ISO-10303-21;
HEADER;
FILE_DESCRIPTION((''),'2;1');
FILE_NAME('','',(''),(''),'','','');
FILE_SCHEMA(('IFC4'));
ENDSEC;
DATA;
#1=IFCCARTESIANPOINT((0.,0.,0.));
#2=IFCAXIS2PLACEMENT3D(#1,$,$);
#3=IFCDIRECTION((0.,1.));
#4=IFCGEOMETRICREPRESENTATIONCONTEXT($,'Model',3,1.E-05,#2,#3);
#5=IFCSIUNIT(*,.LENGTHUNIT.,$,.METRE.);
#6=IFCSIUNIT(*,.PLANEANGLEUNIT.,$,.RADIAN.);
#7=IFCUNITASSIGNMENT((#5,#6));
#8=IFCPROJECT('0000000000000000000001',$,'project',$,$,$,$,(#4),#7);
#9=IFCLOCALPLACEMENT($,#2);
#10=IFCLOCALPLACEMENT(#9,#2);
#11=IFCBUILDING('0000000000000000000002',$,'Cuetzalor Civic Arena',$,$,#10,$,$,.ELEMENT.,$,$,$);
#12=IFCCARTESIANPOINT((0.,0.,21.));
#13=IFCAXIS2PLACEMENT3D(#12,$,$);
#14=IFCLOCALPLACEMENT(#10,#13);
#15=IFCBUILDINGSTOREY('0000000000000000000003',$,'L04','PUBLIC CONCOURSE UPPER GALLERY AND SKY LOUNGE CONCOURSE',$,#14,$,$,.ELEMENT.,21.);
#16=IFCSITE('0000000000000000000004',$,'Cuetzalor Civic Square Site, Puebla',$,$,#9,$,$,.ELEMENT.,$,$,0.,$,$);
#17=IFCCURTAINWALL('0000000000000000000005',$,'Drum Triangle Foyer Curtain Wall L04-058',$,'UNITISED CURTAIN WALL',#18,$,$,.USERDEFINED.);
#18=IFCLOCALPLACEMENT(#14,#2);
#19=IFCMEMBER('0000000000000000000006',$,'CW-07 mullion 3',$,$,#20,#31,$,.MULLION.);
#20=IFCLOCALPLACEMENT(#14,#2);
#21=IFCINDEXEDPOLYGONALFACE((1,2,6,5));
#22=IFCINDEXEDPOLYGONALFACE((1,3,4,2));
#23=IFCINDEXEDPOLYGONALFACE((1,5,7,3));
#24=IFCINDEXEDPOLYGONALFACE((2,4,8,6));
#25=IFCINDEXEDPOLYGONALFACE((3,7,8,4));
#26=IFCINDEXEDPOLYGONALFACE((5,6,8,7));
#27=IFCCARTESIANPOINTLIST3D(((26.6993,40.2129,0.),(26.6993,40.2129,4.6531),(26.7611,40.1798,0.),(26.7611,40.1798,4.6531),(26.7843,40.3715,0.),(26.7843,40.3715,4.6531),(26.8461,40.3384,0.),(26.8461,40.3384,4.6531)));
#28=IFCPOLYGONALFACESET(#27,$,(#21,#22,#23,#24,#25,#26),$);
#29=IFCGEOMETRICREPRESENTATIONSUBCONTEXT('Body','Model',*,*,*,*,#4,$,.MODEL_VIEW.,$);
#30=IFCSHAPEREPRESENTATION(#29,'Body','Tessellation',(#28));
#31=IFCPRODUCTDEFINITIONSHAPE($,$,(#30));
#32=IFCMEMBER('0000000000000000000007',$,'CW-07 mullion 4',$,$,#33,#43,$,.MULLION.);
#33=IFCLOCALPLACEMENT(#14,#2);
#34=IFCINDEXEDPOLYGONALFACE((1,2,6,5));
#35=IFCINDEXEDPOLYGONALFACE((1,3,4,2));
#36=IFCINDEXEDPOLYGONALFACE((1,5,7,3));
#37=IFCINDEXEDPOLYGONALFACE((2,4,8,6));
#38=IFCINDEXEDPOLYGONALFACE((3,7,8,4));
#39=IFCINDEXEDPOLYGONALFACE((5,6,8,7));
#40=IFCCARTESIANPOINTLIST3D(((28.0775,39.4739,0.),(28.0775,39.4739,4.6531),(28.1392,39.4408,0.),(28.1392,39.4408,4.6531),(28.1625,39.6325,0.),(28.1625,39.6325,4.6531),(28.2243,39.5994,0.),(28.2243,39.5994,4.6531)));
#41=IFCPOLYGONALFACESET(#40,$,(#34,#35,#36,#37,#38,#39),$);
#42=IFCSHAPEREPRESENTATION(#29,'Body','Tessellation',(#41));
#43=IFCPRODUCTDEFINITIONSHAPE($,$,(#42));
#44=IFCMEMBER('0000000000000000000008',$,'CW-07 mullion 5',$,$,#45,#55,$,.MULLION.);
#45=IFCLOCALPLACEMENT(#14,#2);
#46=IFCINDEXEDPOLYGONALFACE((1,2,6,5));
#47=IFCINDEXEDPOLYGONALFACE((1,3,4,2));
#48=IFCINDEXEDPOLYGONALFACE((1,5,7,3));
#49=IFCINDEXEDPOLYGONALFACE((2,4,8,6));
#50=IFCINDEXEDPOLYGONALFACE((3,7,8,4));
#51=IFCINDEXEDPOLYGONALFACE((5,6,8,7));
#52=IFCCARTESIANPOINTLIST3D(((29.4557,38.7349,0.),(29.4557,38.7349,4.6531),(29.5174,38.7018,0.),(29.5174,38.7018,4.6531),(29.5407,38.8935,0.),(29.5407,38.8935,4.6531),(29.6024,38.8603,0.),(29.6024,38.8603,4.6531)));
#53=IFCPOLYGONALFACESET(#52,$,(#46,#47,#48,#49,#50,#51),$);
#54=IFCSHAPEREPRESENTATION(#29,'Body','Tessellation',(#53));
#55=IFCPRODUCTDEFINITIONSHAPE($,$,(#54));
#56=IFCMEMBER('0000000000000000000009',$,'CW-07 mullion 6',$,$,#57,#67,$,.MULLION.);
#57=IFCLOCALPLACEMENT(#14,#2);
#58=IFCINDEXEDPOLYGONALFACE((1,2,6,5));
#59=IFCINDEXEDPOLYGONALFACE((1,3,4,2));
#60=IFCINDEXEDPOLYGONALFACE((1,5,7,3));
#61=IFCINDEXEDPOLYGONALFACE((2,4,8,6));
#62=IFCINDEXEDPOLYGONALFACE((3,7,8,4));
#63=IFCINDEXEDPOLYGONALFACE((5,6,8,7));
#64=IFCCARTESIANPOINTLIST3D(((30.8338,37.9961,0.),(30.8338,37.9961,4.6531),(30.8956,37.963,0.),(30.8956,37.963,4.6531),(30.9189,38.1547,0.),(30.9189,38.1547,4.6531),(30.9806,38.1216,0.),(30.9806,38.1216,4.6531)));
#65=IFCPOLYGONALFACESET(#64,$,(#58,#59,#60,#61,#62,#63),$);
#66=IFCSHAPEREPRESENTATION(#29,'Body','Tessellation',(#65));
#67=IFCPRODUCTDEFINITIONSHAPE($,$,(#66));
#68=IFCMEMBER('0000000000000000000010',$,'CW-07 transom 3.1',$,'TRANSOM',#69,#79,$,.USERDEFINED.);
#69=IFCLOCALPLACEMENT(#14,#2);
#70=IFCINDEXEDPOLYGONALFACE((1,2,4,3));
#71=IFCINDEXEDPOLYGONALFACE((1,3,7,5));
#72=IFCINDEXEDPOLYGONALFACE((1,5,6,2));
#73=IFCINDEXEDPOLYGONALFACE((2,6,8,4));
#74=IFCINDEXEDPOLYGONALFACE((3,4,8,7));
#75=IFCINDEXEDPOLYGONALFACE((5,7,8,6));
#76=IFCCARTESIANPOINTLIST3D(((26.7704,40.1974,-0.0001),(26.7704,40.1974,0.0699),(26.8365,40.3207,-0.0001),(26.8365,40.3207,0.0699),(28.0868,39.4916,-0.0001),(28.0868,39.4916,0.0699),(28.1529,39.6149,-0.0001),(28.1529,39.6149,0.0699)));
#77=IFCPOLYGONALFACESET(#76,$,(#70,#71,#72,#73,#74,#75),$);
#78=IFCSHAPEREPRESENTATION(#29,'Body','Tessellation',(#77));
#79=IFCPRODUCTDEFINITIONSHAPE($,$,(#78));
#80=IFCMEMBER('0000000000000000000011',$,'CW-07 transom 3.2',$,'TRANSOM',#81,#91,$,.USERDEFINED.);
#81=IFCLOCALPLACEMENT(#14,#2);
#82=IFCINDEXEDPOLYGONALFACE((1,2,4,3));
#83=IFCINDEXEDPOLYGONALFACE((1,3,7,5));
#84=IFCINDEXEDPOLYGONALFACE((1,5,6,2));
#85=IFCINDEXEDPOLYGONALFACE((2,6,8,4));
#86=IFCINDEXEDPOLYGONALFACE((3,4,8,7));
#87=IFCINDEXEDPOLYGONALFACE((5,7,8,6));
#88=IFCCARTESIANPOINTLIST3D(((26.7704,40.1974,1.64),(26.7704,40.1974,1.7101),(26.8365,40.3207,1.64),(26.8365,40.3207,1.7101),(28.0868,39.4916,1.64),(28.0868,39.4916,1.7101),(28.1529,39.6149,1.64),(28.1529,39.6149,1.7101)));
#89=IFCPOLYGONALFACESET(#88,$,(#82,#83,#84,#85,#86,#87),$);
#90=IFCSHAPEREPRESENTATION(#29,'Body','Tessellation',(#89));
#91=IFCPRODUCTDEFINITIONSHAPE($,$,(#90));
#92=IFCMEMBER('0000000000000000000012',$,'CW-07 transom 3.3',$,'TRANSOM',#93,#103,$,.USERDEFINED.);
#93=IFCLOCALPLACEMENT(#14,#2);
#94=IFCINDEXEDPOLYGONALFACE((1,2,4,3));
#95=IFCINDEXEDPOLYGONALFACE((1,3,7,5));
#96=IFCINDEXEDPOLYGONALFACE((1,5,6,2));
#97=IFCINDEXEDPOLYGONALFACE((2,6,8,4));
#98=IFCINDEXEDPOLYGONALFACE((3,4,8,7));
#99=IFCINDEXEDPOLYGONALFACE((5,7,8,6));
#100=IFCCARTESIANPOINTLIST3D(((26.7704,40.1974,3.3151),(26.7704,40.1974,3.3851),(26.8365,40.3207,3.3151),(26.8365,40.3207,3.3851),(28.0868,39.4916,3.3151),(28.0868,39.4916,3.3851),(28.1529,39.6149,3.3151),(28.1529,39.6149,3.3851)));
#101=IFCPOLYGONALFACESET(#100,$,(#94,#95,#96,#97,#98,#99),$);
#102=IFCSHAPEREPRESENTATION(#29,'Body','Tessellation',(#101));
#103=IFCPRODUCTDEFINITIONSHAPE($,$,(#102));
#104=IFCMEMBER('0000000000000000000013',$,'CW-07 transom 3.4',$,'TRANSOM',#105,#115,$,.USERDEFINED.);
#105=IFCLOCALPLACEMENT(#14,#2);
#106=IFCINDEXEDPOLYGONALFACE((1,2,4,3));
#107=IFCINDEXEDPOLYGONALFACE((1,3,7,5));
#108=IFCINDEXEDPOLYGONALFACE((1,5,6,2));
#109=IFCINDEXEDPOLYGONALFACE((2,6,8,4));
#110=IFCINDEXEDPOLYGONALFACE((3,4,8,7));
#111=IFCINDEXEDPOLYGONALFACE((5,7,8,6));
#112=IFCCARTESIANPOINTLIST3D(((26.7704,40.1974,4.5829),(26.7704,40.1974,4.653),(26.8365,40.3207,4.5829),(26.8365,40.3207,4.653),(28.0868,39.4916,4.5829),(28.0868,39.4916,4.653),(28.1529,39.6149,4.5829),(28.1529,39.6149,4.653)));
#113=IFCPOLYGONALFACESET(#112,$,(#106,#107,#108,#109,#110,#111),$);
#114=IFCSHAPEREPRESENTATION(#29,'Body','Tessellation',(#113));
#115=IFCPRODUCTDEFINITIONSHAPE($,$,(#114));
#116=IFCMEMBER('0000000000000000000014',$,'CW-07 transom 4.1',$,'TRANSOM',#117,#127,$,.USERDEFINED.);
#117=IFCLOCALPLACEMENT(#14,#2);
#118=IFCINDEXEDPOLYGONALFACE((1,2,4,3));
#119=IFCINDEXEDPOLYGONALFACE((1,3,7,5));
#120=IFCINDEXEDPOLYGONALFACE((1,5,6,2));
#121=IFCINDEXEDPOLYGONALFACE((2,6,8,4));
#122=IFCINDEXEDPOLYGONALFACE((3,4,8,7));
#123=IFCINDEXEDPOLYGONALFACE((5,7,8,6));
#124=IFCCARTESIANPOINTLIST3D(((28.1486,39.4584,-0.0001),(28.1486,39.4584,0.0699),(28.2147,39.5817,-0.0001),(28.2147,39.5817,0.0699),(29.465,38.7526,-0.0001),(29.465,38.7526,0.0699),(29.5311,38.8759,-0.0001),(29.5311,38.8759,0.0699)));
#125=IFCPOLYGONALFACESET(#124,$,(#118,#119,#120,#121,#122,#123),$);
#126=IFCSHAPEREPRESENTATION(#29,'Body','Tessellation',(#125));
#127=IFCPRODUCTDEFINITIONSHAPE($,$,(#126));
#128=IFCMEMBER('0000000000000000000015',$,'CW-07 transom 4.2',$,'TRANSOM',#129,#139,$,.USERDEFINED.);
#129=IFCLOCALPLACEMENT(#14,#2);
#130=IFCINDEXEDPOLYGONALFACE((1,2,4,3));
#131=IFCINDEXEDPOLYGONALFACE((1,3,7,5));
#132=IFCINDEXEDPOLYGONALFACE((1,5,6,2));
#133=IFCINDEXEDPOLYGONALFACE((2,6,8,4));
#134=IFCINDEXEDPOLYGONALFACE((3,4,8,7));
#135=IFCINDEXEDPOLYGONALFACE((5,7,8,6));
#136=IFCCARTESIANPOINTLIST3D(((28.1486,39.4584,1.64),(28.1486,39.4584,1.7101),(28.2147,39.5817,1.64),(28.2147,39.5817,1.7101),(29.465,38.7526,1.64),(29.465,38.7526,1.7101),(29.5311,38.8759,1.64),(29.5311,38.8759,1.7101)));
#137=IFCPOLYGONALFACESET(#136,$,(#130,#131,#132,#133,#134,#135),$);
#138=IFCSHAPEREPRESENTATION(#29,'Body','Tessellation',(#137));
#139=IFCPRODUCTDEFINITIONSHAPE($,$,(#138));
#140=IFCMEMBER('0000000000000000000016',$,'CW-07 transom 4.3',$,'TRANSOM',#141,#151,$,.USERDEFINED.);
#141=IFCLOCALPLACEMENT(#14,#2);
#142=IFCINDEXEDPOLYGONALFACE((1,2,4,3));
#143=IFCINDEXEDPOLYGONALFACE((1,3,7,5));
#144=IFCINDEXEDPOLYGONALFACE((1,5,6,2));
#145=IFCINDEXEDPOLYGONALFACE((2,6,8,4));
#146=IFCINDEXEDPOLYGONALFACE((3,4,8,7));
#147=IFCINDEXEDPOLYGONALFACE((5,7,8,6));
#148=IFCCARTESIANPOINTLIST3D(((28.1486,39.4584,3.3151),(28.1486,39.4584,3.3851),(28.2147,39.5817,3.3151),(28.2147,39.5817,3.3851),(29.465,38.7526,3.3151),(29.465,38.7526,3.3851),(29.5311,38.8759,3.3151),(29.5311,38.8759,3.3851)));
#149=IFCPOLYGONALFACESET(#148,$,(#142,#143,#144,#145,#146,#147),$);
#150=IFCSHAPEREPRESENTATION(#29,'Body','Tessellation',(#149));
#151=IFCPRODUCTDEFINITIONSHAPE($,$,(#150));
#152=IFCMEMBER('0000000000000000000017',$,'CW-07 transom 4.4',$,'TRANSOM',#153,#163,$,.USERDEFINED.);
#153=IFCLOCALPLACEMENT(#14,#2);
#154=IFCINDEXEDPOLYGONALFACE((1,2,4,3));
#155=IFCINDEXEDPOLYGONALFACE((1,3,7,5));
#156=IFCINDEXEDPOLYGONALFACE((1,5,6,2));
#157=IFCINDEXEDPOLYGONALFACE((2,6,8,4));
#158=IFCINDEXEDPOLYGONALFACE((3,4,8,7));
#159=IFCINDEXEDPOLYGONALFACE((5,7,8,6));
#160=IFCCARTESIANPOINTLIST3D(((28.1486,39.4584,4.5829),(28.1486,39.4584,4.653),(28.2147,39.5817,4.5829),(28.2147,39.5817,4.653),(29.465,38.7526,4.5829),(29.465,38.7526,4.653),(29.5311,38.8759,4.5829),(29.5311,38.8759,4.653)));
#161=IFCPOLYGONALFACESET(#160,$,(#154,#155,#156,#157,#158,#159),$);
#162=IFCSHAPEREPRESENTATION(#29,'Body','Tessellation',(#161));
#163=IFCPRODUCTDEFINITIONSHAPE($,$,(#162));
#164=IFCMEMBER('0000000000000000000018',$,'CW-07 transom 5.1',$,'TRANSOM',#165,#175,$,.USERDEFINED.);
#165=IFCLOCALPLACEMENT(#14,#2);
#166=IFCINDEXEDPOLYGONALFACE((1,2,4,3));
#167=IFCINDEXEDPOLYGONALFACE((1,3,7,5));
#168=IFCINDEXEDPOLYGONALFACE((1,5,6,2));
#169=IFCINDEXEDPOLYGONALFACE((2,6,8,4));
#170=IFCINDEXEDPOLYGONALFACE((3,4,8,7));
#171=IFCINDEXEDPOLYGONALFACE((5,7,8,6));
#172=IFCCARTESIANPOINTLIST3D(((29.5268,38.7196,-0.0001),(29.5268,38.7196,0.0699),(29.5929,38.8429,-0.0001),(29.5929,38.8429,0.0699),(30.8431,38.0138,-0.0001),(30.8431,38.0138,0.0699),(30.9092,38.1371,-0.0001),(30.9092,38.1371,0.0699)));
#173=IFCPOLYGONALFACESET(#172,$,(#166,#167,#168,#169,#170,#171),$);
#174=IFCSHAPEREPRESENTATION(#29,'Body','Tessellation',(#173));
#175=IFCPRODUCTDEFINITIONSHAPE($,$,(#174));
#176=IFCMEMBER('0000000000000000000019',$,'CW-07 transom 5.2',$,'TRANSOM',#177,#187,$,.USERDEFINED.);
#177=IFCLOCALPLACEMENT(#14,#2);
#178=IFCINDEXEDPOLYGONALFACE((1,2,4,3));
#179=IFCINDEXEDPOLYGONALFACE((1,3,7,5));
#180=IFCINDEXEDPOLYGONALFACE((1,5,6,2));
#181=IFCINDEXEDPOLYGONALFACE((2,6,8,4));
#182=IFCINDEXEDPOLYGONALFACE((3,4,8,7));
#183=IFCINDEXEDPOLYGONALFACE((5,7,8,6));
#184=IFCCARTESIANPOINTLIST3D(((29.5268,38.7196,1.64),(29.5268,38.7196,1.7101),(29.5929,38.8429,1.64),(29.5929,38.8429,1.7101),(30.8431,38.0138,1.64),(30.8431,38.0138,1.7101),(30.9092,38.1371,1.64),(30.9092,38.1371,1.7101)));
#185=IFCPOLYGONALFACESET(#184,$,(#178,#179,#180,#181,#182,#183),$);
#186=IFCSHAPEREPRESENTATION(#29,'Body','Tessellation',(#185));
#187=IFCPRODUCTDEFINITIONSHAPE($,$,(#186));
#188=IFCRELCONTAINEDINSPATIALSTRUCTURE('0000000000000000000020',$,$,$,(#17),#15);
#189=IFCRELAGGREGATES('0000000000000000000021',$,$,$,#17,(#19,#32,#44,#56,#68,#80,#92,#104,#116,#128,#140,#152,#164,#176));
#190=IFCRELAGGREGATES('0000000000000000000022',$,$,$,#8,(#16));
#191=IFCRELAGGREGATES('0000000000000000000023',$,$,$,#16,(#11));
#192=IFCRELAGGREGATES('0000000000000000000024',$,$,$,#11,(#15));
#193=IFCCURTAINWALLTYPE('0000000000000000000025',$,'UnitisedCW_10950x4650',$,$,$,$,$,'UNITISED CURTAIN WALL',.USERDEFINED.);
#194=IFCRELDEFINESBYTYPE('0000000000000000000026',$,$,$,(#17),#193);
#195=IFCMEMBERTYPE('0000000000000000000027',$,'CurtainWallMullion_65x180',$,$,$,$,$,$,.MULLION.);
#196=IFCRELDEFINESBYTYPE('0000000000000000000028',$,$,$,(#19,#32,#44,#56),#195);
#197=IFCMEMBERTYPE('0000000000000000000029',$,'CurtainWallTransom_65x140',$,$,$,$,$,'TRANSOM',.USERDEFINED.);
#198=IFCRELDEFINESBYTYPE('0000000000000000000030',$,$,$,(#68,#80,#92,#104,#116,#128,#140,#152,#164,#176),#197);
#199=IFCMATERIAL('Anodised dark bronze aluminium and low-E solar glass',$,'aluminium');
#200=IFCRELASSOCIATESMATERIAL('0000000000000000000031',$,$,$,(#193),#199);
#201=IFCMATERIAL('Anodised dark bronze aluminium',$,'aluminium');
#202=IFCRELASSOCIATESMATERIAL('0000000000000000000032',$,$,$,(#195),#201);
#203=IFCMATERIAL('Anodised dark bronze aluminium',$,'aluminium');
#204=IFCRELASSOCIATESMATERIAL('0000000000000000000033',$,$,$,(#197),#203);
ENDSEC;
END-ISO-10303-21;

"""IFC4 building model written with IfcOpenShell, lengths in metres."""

from ifc_helpers import new_model, si_unit, direction, frame, origin, origin_2d, place, context, subcontext, project, spatial, rectangle, extrude, material, material_profile, profile_set, type_object, element, aggregate, save


model = new_model("IFC4")

# Units and contexts
model_context = context("Model", 3, precision=1e-05, world=origin(), true_north=direction((0.0, 1.0)))
body_context = subcontext(model_context, "Body", "Model", "MODEL_VIEW")
ifc_project = project(units=[si_unit("LENGTHUNIT", "METRE"), si_unit("PLANEANGLEUNIT", "RADIAN")], contexts=[model_context])

# Site, building, storey
site_placement = place(None, origin())
site = spatial("IfcSite", under=ifc_project, at=site_placement, Name="Cuetzalor Civic Square Site, Puebla", CompositionType="ELEMENT", RefElevation=0.0)
building_placement = place(site_placement, origin())
building = spatial("IfcBuilding", under=site, at=building_placement, Name="Cuetzalor Civic Arena", CompositionType="ELEMENT")
storey_placement = place(building_placement, frame((0.0, 0.0, 21.0)))
storey = spatial("IfcBuildingStorey", under=building, at=storey_placement, Name="L04", Description="PUBLIC CONCOURSE UPPER GALLERY AND SKY LOUNGE CONCOURSE", CompositionType="ELEMENT", Elevation=21.0)

# Curtain wall, members
ifc_material_1 = material(Name="Anodised dark bronze aluminium and low-E solar glass", Category="aluminium")
curtain_wall_type = type_object("IfcCurtainWallType", Name="UnitisedCW_10950x4650", ElementType="UNITISED CURTAIN WALL", PredefinedType="USERDEFINED", material=ifc_material_1)
curtain_wall_placement = place(storey_placement, origin())
curtain_wall = element("IfcCurtainWall", 1, at=curtain_wall_placement, inside=storey, type_object=curtain_wall_type, Name="Drum Triangle Foyer Curtain Wall L04-058", ObjectType="UNITISED CURTAIN WALL", PredefinedType="USERDEFINED")
ifc_material_2 = material(Name="Anodised dark bronze aluminium", Category="aluminium")
ifc_material_profile_1 = material_profile(ifc_material_2, rectangle(XDim=0.0701, YDim=0.1799, at=origin_2d()), Name="ALU MULLION 70x180")
ifc_profile_set_1 = profile_set([ifc_material_profile_1], Name="Anodised dark bronze aluminium")
member_type_1 = type_object("IfcMemberType", Name="CurtainWallMullion_65x180", PredefinedType="MULLION", material=ifc_profile_set_1)
member_1_placement = place(storey_placement, frame((26.7727, 40.2756, 0.0), z_axis=(0.0, 0.0, 1.0), x_axis=(0.881306, -0.472545, 0.0)))
member_1 = element("IfcMember", 2, at=member_1_placement, type_object=member_type_1, Name="CW-07 mullion 3", PredefinedType="MULLION", context=body_context, shape_type="SweptSolid", body=[
    extrude(rectangle(XDim=0.0701, YDim=0.1799, at=origin_2d()), origin(), (0.0, 0.0, 1.0), 4.6531),
])
member_2_placement = place(storey_placement, frame((28.1509, 39.5366, 0.0), z_axis=(0.0, 0.0, 1.0), x_axis=(0.881306, -0.472545, 0.0)))
member_2 = element("IfcMember", 3, at=member_2_placement, type_object=member_type_1, Name="CW-07 mullion 4", PredefinedType="MULLION", context=body_context, shape_type="SweptSolid", body=[
    extrude(rectangle(XDim=0.0701, YDim=0.1799, at=origin_2d()), origin(), (0.0, 0.0, 1.0), 4.6531),
])
member_3_placement = place(storey_placement, frame((29.5291, 38.7976, 0.0), z_axis=(0.0, 0.0, 1.0), x_axis=(0.881306, -0.472545, 0.0)))
member_3 = element("IfcMember", 4, at=member_3_placement, type_object=member_type_1, Name="CW-07 mullion 5", PredefinedType="MULLION", context=body_context, shape_type="SweptSolid", body=[
    extrude(rectangle(XDim=0.0701, YDim=0.1799, at=origin_2d()), origin(), (0.0, 0.0, 1.0), 4.6531),
])
member_4_placement = place(storey_placement, frame((30.9072, 38.0588, 0.0), z_axis=(0.0, 0.0, 1.0), x_axis=(0.881306, -0.472545, 0.0)))
member_4 = element("IfcMember", 5, at=member_4_placement, type_object=member_type_1, Name="CW-07 mullion 6", PredefinedType="MULLION", context=body_context, shape_type="SweptSolid", body=[
    extrude(rectangle(XDim=0.0701, YDim=0.1799, at=origin_2d()), origin(), (0.0, 0.0, 1.0), 4.6531),
])
ifc_material_3 = material(Name="Anodised dark bronze aluminium", Category="aluminium")
ifc_material_profile_2 = material_profile(ifc_material_3, rectangle(XDim=0.1399, YDim=0.0701, at=origin_2d()), Name="ALU TRANSOM 70x140")
ifc_profile_set_2 = profile_set([ifc_material_profile_2], Name="Anodised dark bronze aluminium")
member_type_2 = type_object("IfcMemberType", Name="CurtainWallTransom_65x140", ElementType="TRANSOM", PredefinedType="USERDEFINED", material=ifc_profile_set_2)
member_5_placement = place(storey_placement, frame((26.8035, 40.259, 0.0349), z_axis=(0.881315, -0.47253, 0.0), x_axis=(0.47253, 0.881315, 0.0)))
member_5 = element("IfcMember", 6, at=member_5_placement, type_object=member_type_2, Name="CW-07 transom 3.1", ObjectType="TRANSOM", PredefinedType="USERDEFINED", context=body_context, shape_type="SweptSolid", body=[
    extrude(rectangle(XDim=0.1399, YDim=0.0701, at=origin_2d()), origin(), (0.0, 0.0, 1.0), 1.4937),
])
member_6_placement = place(storey_placement, frame((26.8035, 40.259, 1.675), z_axis=(0.881315, -0.47253, 0.0), x_axis=(0.47253, 0.881315, 0.0)))
member_6 = element("IfcMember", 7, at=member_6_placement, type_object=member_type_2, Name="CW-07 transom 3.2", ObjectType="TRANSOM", PredefinedType="USERDEFINED", context=body_context, shape_type="SweptSolid", body=[
    extrude(rectangle(XDim=0.1399, YDim=0.0701, at=origin_2d()), origin(), (0.0, 0.0, 1.0), 1.4937),
])
member_7_placement = place(storey_placement, frame((26.8035, 40.259, 3.3501), z_axis=(0.881315, -0.47253, 0.0), x_axis=(0.47253, 0.881315, 0.0)))
member_7 = element("IfcMember", 8, at=member_7_placement, type_object=member_type_2, Name="CW-07 transom 3.3", ObjectType="TRANSOM", PredefinedType="USERDEFINED", context=body_context, shape_type="SweptSolid", body=[
    extrude(rectangle(XDim=0.1399, YDim=0.0701, at=origin_2d()), origin(), (0.0, 0.0, 1.0), 1.4937),
])
member_8_placement = place(storey_placement, frame((26.8035, 40.259, 4.6179), z_axis=(0.881315, -0.47253, 0.0), x_axis=(0.47253, 0.881315, 0.0)))
member_8 = element("IfcMember", 9, at=member_8_placement, type_object=member_type_2, Name="CW-07 transom 3.4", ObjectType="TRANSOM", PredefinedType="USERDEFINED", context=body_context, shape_type="SweptSolid", body=[
    extrude(rectangle(XDim=0.1399, YDim=0.0701, at=origin_2d()), origin(), (0.0, 0.0, 1.0), 1.4937),
])
member_9_placement = place(storey_placement, frame((28.1816, 39.52, 0.0349), z_axis=(0.881315, -0.47253, 0.0), x_axis=(0.47253, 0.881315, 0.0)))
member_9 = element("IfcMember", 10, at=member_9_placement, type_object=member_type_2, Name="CW-07 transom 4.1", ObjectType="TRANSOM", PredefinedType="USERDEFINED", context=body_context, shape_type="SweptSolid", body=[
    extrude(rectangle(XDim=0.1399, YDim=0.0701, at=origin_2d()), origin(), (0.0, 0.0, 1.0), 1.4937),
])
member_10_placement = place(storey_placement, frame((28.1816, 39.52, 1.675), z_axis=(0.881315, -0.47253, 0.0), x_axis=(0.47253, 0.881315, 0.0)))
member_10 = element("IfcMember", 11, at=member_10_placement, type_object=member_type_2, Name="CW-07 transom 4.2", ObjectType="TRANSOM", PredefinedType="USERDEFINED", context=body_context, shape_type="SweptSolid", body=[
    extrude(rectangle(XDim=0.1399, YDim=0.0701, at=origin_2d()), origin(), (0.0, 0.0, 1.0), 1.4937),
])
member_11_placement = place(storey_placement, frame((28.1816, 39.52, 3.3501), z_axis=(0.881315, -0.47253, 0.0), x_axis=(0.47253, 0.881315, 0.0)))
member_11 = element("IfcMember", 12, at=member_11_placement, type_object=member_type_2, Name="CW-07 transom 4.3", ObjectType="TRANSOM", PredefinedType="USERDEFINED", context=body_context, shape_type="SweptSolid", body=[
    extrude(rectangle(XDim=0.1399, YDim=0.0701, at=origin_2d()), origin(), (0.0, 0.0, 1.0), 1.4937),
])
member_12_placement = place(storey_placement, frame((28.1816, 39.52, 4.6179), z_axis=(0.881315, -0.47253, 0.0), x_axis=(0.47253, 0.881315, 0.0)))
member_12 = element("IfcMember", 13, at=member_12_placement, type_object=member_type_2, Name="CW-07 transom 4.4", ObjectType="TRANSOM", PredefinedType="USERDEFINED", context=body_context, shape_type="SweptSolid", body=[
    extrude(rectangle(XDim=0.1399, YDim=0.0701, at=origin_2d()), origin(), (0.0, 0.0, 1.0), 1.4937),
])
member_13_placement = place(storey_placement, frame((29.5598, 38.7812, 0.0349), z_axis=(0.881315, -0.47253, 0.0), x_axis=(0.47253, 0.881315, 0.0)))
member_13 = element("IfcMember", 14, at=member_13_placement, type_object=member_type_2, Name="CW-07 transom 5.1", ObjectType="TRANSOM", PredefinedType="USERDEFINED", context=body_context, shape_type="SweptSolid", body=[
    extrude(rectangle(XDim=0.1399, YDim=0.0701, at=origin_2d()), origin(), (0.0, 0.0, 1.0), 1.4937),
])
member_14_placement = place(storey_placement, frame((29.5598, 38.7812, 1.675), z_axis=(0.881315, -0.47253, 0.0), x_axis=(0.47253, 0.881315, 0.0)))
member_14 = element("IfcMember", 15, at=member_14_placement, type_object=member_type_2, Name="CW-07 transom 5.2", ObjectType="TRANSOM", PredefinedType="USERDEFINED", context=body_context, shape_type="SweptSolid", body=[
    extrude(rectangle(XDim=0.1399, YDim=0.0701, at=origin_2d()), origin(), (0.0, 0.0, 1.0), 1.4937),
])
aggregate(curtain_wall, [member_1, member_2, member_3, member_4, member_5, member_6, member_7, member_8, member_9, member_10, member_11, member_12, member_13, member_14])

save(model, "model.ifc")
